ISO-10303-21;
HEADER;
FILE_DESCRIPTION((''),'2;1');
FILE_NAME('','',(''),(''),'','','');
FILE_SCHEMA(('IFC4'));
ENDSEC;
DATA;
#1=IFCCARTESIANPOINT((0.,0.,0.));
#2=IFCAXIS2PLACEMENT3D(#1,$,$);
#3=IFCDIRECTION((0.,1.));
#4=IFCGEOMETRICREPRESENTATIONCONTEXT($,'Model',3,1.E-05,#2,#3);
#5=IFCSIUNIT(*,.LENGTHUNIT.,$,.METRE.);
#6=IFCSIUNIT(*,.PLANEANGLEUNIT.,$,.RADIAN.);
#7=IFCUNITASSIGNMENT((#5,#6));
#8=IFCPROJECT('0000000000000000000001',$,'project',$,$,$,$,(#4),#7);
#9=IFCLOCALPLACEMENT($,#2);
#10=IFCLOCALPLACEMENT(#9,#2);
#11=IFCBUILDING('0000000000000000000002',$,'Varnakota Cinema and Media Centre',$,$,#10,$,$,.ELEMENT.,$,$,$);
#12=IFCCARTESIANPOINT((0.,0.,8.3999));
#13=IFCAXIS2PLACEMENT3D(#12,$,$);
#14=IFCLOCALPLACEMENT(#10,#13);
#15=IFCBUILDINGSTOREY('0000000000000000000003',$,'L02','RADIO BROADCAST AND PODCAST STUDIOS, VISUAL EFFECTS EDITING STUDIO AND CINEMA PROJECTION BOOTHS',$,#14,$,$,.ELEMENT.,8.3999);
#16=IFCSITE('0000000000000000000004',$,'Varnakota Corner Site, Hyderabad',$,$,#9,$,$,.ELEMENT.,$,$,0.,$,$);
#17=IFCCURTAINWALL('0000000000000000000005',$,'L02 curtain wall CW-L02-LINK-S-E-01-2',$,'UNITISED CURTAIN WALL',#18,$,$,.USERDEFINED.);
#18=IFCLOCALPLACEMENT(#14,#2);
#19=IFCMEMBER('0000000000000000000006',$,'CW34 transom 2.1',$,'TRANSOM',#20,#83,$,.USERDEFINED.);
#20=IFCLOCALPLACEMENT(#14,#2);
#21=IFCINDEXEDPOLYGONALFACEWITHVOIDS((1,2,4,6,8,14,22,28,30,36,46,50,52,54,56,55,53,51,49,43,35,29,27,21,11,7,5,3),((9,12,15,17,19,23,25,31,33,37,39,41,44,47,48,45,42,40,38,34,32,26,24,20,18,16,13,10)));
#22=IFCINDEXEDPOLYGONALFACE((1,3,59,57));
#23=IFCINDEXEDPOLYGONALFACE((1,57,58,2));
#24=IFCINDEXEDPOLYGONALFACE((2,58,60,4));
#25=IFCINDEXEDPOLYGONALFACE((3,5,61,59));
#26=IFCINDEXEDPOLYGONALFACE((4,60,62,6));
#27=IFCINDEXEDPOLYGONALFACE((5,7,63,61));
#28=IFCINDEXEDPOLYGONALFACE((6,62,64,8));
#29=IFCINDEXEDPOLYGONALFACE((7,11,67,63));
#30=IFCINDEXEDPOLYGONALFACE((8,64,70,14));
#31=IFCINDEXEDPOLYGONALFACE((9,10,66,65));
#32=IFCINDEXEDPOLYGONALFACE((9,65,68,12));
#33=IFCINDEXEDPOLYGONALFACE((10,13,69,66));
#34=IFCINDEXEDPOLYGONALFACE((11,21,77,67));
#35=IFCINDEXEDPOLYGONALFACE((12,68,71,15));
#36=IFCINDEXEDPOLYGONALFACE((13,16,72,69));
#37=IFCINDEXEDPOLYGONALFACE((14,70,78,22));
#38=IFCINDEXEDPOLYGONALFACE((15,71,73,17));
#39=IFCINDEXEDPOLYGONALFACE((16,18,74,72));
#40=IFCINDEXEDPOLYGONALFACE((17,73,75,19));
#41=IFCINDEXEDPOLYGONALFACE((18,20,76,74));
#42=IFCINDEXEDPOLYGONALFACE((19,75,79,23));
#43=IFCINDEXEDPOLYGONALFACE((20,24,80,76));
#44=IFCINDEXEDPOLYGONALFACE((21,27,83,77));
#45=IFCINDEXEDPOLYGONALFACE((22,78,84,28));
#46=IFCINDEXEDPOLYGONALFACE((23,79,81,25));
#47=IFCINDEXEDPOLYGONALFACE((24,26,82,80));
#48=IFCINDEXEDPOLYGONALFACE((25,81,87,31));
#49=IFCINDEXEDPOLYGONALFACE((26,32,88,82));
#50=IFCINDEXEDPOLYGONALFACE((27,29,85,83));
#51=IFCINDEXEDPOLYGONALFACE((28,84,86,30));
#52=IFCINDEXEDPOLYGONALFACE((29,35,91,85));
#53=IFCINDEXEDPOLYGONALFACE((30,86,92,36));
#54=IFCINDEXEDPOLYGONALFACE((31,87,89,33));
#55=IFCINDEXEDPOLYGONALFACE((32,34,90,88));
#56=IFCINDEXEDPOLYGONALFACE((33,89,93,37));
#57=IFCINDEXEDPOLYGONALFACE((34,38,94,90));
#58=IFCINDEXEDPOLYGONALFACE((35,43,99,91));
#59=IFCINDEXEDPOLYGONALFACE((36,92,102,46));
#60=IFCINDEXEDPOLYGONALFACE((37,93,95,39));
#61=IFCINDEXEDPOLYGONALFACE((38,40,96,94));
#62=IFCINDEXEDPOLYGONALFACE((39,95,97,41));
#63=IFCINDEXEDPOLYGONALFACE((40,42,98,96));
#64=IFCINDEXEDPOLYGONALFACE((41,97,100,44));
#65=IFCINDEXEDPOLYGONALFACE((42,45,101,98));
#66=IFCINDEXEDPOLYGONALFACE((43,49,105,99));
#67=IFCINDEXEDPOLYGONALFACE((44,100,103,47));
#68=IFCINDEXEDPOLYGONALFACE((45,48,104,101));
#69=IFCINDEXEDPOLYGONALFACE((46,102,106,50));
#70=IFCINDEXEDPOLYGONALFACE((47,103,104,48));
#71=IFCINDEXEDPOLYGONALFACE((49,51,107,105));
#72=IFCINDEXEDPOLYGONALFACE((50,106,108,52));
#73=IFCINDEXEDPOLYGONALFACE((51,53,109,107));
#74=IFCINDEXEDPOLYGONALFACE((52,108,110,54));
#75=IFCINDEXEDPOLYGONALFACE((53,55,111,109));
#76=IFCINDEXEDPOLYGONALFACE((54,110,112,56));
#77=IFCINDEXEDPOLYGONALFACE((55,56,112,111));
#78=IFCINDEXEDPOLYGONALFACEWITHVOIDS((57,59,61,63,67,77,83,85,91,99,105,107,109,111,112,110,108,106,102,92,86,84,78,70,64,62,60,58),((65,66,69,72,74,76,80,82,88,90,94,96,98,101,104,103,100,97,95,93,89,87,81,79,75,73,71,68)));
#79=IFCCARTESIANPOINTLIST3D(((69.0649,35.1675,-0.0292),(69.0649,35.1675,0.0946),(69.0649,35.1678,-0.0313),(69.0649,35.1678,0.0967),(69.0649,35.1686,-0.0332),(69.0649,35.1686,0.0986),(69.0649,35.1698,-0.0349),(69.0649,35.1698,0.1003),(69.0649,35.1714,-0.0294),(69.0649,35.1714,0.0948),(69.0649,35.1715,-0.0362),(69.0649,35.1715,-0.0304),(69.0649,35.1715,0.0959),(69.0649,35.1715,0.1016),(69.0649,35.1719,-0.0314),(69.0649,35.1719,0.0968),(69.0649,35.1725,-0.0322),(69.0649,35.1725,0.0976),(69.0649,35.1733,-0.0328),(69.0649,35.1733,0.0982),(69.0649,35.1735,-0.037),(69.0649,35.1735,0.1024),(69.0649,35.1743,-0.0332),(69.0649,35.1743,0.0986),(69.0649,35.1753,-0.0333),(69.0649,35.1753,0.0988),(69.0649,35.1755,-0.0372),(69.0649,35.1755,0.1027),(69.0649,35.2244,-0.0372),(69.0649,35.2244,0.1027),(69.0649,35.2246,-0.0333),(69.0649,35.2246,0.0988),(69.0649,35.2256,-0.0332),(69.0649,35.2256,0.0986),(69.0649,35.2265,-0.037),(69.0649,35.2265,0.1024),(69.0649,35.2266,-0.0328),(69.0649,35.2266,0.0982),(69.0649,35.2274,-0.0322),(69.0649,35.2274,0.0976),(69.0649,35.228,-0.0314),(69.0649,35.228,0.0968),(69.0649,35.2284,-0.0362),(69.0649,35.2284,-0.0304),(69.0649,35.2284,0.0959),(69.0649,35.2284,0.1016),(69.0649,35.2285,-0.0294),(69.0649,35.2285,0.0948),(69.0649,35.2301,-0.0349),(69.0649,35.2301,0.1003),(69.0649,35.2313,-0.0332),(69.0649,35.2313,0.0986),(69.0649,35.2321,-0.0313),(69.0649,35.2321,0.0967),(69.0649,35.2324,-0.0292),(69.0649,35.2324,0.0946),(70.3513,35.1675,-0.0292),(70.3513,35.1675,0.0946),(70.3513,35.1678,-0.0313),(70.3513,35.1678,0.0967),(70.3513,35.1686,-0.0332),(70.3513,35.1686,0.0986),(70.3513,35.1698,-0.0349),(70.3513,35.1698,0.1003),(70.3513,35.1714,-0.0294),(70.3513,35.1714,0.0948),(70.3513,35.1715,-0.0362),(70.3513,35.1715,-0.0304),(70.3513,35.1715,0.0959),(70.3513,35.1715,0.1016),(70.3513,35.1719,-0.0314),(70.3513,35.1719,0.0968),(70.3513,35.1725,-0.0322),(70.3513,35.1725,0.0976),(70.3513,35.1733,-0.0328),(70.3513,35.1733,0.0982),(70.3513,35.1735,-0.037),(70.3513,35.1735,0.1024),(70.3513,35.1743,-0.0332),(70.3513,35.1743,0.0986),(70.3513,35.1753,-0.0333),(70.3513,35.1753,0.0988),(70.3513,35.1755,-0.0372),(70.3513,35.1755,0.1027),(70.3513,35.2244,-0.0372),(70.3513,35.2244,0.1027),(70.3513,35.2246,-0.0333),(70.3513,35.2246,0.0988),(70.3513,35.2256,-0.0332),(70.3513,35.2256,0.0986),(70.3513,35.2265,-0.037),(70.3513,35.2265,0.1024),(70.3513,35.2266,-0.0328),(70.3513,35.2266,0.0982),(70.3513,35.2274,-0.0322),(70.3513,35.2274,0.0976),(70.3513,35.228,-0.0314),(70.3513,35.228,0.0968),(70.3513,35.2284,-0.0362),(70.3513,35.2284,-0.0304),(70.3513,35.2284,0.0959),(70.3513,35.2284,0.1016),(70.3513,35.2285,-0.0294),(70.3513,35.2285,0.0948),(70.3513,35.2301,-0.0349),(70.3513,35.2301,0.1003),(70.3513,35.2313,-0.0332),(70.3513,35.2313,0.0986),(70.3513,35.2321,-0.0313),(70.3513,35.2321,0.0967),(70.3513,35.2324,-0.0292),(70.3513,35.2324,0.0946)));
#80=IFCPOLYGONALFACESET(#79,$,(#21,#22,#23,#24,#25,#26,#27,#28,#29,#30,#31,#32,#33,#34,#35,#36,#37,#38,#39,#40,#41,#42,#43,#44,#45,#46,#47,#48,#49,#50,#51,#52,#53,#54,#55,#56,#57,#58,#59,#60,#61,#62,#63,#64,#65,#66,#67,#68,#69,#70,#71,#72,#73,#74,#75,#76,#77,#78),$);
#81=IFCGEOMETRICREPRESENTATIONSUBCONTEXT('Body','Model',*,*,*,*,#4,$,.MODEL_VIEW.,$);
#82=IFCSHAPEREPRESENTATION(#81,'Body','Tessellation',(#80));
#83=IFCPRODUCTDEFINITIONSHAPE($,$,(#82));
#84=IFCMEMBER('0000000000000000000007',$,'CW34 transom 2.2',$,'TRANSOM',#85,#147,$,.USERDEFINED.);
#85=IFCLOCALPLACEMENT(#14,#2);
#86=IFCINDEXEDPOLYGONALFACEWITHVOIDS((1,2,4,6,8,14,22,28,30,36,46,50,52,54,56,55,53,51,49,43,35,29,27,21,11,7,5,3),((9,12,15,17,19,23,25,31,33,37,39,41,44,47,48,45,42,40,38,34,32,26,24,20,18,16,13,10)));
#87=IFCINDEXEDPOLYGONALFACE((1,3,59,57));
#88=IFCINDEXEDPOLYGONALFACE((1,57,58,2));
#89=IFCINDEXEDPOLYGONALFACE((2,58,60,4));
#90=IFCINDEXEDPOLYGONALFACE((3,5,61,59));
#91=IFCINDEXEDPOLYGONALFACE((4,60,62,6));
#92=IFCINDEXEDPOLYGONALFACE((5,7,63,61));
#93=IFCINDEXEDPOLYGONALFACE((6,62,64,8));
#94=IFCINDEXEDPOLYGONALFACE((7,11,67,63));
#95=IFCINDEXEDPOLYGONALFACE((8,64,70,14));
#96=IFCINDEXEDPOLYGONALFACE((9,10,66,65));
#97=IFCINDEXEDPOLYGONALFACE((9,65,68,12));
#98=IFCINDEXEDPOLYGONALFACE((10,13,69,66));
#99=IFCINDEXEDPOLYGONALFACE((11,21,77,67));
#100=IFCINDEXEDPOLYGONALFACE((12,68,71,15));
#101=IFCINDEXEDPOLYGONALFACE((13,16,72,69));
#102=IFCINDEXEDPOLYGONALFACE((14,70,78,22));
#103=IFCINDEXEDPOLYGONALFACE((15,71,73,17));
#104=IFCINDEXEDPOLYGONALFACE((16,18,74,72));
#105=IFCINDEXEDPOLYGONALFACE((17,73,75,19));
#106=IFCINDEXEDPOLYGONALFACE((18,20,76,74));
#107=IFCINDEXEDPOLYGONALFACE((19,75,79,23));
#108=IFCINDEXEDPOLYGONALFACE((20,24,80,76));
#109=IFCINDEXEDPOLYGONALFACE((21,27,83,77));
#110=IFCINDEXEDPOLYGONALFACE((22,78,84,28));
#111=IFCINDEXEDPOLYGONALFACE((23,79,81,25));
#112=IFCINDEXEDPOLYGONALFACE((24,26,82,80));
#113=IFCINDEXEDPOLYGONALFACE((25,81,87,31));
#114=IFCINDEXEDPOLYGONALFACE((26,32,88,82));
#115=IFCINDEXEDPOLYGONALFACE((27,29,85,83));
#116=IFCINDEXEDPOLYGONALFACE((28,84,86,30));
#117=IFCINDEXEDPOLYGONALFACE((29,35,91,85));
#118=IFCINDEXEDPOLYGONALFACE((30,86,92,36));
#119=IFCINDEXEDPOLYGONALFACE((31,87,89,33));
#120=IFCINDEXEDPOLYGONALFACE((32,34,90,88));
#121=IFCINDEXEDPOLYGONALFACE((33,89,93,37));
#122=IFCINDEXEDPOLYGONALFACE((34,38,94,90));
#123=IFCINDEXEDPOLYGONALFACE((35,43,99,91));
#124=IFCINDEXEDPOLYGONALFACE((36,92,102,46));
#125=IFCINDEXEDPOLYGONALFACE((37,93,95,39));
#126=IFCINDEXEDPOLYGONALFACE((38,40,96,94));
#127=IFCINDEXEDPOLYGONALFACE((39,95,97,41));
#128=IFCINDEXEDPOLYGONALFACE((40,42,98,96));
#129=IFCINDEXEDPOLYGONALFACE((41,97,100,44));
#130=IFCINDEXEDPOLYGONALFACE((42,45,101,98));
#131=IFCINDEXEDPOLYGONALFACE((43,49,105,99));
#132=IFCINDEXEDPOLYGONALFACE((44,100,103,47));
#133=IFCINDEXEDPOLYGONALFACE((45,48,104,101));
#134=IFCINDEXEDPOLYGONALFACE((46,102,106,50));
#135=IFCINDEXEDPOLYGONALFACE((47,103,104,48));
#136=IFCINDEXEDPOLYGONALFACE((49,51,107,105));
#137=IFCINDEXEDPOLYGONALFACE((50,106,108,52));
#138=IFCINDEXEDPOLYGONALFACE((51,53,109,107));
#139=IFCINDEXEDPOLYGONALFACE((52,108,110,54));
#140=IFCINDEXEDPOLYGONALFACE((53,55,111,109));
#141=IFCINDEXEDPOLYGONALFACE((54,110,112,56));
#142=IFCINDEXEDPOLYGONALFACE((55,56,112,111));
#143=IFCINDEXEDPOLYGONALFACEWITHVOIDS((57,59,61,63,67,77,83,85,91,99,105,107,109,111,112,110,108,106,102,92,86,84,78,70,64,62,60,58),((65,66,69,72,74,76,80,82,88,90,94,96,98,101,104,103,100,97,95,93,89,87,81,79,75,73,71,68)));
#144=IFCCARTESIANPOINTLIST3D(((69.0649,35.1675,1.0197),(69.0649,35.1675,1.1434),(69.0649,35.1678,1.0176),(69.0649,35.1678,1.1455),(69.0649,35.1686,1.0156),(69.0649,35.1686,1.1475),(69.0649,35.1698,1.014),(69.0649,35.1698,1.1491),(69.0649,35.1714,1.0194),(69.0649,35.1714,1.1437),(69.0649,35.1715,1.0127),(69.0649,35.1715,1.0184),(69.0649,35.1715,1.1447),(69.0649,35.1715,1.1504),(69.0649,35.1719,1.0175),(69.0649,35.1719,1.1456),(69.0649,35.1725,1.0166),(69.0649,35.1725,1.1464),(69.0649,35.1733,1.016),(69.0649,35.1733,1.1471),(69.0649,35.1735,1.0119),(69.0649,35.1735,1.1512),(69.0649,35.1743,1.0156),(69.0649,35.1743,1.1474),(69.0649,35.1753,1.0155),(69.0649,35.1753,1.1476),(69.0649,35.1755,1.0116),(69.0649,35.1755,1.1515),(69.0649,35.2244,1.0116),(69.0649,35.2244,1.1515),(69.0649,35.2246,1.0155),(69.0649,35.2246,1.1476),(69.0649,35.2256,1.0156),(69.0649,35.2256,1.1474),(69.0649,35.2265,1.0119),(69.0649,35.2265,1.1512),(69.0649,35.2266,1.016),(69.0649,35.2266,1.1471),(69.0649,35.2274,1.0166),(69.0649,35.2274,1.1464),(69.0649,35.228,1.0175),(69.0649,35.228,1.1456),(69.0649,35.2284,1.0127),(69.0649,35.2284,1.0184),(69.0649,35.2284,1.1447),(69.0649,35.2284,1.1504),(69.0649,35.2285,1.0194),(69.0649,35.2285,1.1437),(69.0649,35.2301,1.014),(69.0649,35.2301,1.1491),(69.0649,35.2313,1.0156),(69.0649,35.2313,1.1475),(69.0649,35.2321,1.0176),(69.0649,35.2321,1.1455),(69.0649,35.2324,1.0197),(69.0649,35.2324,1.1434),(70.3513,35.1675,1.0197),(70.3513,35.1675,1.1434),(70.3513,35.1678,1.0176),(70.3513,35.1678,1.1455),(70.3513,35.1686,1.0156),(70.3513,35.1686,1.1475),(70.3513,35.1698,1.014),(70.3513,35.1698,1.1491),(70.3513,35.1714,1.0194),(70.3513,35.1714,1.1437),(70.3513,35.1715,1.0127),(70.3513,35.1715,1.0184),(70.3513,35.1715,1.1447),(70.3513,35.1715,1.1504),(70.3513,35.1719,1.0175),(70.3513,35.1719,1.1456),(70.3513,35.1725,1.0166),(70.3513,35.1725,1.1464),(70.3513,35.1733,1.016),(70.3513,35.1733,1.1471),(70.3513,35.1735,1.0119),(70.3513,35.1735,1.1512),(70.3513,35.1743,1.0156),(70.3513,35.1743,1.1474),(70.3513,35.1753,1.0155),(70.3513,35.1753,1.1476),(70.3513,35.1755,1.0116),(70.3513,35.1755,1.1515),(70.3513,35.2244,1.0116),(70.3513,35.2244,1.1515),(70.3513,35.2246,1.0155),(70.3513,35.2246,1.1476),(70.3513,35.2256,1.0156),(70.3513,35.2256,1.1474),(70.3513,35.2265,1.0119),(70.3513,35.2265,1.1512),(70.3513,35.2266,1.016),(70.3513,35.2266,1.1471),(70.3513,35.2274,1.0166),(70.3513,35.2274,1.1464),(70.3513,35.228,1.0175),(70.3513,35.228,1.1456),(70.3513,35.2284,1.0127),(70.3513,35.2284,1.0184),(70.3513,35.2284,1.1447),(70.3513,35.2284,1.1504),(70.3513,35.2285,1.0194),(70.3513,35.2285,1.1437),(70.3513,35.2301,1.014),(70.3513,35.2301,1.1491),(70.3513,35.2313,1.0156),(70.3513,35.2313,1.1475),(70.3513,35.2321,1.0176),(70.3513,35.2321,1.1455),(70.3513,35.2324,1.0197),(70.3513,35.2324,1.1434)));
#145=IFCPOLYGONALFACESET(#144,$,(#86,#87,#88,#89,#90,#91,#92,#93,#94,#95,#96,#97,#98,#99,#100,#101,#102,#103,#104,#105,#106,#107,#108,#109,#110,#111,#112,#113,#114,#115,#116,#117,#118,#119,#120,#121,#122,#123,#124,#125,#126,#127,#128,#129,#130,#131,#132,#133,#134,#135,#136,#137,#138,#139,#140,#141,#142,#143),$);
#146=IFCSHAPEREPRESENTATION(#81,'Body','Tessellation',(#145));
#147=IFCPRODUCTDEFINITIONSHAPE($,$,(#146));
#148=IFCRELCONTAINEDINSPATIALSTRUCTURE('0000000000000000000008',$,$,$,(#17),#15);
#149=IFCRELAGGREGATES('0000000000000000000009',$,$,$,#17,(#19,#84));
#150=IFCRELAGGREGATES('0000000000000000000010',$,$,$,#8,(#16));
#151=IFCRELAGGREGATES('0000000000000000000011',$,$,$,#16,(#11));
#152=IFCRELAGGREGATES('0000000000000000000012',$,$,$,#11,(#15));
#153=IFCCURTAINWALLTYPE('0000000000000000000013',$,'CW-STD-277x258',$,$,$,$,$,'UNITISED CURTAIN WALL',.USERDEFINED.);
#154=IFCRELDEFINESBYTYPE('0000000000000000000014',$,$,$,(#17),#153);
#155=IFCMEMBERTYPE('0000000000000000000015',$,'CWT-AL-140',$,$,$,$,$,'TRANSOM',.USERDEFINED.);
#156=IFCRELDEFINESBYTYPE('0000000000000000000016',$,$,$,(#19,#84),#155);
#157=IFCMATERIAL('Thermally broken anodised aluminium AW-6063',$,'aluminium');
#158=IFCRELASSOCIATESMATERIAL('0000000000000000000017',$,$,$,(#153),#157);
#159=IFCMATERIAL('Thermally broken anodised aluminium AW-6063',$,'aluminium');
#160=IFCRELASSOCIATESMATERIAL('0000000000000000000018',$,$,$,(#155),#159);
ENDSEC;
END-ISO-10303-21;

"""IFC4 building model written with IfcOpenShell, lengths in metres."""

from ifc_helpers import new_model, si_unit, direction, frame, origin, origin_2d, place, context, subcontext, project, spatial, hollow_rectangle, extrude, material, material_profile, profile_set, type_object, element, aggregate, save


model = new_model("IFC4")

# Units and contexts
model_context = context("Model", 3, precision=1e-05, world=origin(), true_north=direction((0.0, 1.0)))
body_context = subcontext(model_context, "Body", "Model", "MODEL_VIEW")
ifc_project = project(units=[si_unit("LENGTHUNIT", "METRE"), si_unit("PLANEANGLEUNIT", "RADIAN")], contexts=[model_context])

# Site, building, storey
site_placement = place(None, origin())
site = spatial("IfcSite", under=ifc_project, at=site_placement, Name="Varnakota Corner Site, Hyderabad", CompositionType="ELEMENT", RefElevation=0.0)
building_placement = place(site_placement, origin())
building = spatial("IfcBuilding", under=site, at=building_placement, Name="Varnakota Cinema and Media Centre", CompositionType="ELEMENT")
storey_placement = place(building_placement, frame((0.0, 0.0, 8.3999)))
storey = spatial("IfcBuildingStorey", under=building, at=storey_placement, Name="L02", Description="RADIO BROADCAST AND PODCAST STUDIOS, VISUAL EFFECTS EDITING STUDIO AND CINEMA PROJECTION BOOTHS", CompositionType="ELEMENT", Elevation=8.3999)

# Curtain wall
ifc_material_1 = material(Name="Thermally broken anodised aluminium AW-6063", Category="aluminium")
curtain_wall_type = type_object("IfcCurtainWallType", Name="CW-STD-277x258", ElementType="UNITISED CURTAIN WALL", PredefinedType="USERDEFINED", material=ifc_material_1)
curtain_wall_1_placement = place(storey_placement, origin())
curtain_wall_1 = element("IfcCurtainWall", 1, at=curtain_wall_1_placement, inside=storey, type_object=curtain_wall_type, Name="L02 curtain wall CW-L02-LINK-S-E-01-2", ObjectType="UNITISED CURTAIN WALL", PredefinedType="USERDEFINED")

# Members
ifc_material_2 = material(Name="Thermally broken anodised aluminium AW-6063", Category="aluminium")
ifc_material_profile_1 = material_profile(ifc_material_2, hollow_rectangle(XDim=0.0649, YDim=0.1399, WallThickness=0.0039, InnerFilletRadius=0.0039, OuterFilletRadius=0.0081, at=origin_2d()), Name="AL-TRANSOM 140x65x4")
ifc_profile_set_1 = profile_set([ifc_material_profile_1], Name="Thermally broken anodised aluminium AW-6063")
member_type_1 = type_object("IfcMemberType", Name="CWT-AL-140", ElementType="TRANSOM", PredefinedType="USERDEFINED", material=ifc_profile_set_1)
member_1_placement = place(storey_placement, frame((70.3513, 35.2, 0.0327), z_axis=(-1.0, 0.0, 0.0), x_axis=(0.0, -1.0, 0.0)))
member_1 = element("IfcMember", 2, at=member_1_placement, type_object=member_type_1, Name="CW34 transom 2.1", ObjectType="TRANSOM", PredefinedType="USERDEFINED", context=body_context, shape_type="SweptSolid", body=[
    extrude(hollow_rectangle(XDim=0.0649, YDim=0.1399, WallThickness=0.0039, InnerFilletRadius=0.0039, OuterFilletRadius=0.0081, at=origin_2d()), origin(), (0.0, 0.0, 1.0), 1.2864),
])
member_2_placement = place(storey_placement, frame((70.3513, 35.2, 1.0815), z_axis=(-1.0, 0.0, 0.0), x_axis=(0.0, -1.0, 0.0)))
member_2 = element("IfcMember", 3, at=member_2_placement, type_object=member_type_1, Name="CW34 transom 2.2", ObjectType="TRANSOM", PredefinedType="USERDEFINED", context=body_context, shape_type="SweptSolid", body=[
    extrude(hollow_rectangle(XDim=0.0649, YDim=0.1399, WallThickness=0.0039, InnerFilletRadius=0.0039, OuterFilletRadius=0.0081, at=origin_2d()), origin(), (0.0, 0.0, 1.0), 1.2864),
])

aggregate(curtain_wall_1, [member_1, member_2])

save(model, "model.ifc")
